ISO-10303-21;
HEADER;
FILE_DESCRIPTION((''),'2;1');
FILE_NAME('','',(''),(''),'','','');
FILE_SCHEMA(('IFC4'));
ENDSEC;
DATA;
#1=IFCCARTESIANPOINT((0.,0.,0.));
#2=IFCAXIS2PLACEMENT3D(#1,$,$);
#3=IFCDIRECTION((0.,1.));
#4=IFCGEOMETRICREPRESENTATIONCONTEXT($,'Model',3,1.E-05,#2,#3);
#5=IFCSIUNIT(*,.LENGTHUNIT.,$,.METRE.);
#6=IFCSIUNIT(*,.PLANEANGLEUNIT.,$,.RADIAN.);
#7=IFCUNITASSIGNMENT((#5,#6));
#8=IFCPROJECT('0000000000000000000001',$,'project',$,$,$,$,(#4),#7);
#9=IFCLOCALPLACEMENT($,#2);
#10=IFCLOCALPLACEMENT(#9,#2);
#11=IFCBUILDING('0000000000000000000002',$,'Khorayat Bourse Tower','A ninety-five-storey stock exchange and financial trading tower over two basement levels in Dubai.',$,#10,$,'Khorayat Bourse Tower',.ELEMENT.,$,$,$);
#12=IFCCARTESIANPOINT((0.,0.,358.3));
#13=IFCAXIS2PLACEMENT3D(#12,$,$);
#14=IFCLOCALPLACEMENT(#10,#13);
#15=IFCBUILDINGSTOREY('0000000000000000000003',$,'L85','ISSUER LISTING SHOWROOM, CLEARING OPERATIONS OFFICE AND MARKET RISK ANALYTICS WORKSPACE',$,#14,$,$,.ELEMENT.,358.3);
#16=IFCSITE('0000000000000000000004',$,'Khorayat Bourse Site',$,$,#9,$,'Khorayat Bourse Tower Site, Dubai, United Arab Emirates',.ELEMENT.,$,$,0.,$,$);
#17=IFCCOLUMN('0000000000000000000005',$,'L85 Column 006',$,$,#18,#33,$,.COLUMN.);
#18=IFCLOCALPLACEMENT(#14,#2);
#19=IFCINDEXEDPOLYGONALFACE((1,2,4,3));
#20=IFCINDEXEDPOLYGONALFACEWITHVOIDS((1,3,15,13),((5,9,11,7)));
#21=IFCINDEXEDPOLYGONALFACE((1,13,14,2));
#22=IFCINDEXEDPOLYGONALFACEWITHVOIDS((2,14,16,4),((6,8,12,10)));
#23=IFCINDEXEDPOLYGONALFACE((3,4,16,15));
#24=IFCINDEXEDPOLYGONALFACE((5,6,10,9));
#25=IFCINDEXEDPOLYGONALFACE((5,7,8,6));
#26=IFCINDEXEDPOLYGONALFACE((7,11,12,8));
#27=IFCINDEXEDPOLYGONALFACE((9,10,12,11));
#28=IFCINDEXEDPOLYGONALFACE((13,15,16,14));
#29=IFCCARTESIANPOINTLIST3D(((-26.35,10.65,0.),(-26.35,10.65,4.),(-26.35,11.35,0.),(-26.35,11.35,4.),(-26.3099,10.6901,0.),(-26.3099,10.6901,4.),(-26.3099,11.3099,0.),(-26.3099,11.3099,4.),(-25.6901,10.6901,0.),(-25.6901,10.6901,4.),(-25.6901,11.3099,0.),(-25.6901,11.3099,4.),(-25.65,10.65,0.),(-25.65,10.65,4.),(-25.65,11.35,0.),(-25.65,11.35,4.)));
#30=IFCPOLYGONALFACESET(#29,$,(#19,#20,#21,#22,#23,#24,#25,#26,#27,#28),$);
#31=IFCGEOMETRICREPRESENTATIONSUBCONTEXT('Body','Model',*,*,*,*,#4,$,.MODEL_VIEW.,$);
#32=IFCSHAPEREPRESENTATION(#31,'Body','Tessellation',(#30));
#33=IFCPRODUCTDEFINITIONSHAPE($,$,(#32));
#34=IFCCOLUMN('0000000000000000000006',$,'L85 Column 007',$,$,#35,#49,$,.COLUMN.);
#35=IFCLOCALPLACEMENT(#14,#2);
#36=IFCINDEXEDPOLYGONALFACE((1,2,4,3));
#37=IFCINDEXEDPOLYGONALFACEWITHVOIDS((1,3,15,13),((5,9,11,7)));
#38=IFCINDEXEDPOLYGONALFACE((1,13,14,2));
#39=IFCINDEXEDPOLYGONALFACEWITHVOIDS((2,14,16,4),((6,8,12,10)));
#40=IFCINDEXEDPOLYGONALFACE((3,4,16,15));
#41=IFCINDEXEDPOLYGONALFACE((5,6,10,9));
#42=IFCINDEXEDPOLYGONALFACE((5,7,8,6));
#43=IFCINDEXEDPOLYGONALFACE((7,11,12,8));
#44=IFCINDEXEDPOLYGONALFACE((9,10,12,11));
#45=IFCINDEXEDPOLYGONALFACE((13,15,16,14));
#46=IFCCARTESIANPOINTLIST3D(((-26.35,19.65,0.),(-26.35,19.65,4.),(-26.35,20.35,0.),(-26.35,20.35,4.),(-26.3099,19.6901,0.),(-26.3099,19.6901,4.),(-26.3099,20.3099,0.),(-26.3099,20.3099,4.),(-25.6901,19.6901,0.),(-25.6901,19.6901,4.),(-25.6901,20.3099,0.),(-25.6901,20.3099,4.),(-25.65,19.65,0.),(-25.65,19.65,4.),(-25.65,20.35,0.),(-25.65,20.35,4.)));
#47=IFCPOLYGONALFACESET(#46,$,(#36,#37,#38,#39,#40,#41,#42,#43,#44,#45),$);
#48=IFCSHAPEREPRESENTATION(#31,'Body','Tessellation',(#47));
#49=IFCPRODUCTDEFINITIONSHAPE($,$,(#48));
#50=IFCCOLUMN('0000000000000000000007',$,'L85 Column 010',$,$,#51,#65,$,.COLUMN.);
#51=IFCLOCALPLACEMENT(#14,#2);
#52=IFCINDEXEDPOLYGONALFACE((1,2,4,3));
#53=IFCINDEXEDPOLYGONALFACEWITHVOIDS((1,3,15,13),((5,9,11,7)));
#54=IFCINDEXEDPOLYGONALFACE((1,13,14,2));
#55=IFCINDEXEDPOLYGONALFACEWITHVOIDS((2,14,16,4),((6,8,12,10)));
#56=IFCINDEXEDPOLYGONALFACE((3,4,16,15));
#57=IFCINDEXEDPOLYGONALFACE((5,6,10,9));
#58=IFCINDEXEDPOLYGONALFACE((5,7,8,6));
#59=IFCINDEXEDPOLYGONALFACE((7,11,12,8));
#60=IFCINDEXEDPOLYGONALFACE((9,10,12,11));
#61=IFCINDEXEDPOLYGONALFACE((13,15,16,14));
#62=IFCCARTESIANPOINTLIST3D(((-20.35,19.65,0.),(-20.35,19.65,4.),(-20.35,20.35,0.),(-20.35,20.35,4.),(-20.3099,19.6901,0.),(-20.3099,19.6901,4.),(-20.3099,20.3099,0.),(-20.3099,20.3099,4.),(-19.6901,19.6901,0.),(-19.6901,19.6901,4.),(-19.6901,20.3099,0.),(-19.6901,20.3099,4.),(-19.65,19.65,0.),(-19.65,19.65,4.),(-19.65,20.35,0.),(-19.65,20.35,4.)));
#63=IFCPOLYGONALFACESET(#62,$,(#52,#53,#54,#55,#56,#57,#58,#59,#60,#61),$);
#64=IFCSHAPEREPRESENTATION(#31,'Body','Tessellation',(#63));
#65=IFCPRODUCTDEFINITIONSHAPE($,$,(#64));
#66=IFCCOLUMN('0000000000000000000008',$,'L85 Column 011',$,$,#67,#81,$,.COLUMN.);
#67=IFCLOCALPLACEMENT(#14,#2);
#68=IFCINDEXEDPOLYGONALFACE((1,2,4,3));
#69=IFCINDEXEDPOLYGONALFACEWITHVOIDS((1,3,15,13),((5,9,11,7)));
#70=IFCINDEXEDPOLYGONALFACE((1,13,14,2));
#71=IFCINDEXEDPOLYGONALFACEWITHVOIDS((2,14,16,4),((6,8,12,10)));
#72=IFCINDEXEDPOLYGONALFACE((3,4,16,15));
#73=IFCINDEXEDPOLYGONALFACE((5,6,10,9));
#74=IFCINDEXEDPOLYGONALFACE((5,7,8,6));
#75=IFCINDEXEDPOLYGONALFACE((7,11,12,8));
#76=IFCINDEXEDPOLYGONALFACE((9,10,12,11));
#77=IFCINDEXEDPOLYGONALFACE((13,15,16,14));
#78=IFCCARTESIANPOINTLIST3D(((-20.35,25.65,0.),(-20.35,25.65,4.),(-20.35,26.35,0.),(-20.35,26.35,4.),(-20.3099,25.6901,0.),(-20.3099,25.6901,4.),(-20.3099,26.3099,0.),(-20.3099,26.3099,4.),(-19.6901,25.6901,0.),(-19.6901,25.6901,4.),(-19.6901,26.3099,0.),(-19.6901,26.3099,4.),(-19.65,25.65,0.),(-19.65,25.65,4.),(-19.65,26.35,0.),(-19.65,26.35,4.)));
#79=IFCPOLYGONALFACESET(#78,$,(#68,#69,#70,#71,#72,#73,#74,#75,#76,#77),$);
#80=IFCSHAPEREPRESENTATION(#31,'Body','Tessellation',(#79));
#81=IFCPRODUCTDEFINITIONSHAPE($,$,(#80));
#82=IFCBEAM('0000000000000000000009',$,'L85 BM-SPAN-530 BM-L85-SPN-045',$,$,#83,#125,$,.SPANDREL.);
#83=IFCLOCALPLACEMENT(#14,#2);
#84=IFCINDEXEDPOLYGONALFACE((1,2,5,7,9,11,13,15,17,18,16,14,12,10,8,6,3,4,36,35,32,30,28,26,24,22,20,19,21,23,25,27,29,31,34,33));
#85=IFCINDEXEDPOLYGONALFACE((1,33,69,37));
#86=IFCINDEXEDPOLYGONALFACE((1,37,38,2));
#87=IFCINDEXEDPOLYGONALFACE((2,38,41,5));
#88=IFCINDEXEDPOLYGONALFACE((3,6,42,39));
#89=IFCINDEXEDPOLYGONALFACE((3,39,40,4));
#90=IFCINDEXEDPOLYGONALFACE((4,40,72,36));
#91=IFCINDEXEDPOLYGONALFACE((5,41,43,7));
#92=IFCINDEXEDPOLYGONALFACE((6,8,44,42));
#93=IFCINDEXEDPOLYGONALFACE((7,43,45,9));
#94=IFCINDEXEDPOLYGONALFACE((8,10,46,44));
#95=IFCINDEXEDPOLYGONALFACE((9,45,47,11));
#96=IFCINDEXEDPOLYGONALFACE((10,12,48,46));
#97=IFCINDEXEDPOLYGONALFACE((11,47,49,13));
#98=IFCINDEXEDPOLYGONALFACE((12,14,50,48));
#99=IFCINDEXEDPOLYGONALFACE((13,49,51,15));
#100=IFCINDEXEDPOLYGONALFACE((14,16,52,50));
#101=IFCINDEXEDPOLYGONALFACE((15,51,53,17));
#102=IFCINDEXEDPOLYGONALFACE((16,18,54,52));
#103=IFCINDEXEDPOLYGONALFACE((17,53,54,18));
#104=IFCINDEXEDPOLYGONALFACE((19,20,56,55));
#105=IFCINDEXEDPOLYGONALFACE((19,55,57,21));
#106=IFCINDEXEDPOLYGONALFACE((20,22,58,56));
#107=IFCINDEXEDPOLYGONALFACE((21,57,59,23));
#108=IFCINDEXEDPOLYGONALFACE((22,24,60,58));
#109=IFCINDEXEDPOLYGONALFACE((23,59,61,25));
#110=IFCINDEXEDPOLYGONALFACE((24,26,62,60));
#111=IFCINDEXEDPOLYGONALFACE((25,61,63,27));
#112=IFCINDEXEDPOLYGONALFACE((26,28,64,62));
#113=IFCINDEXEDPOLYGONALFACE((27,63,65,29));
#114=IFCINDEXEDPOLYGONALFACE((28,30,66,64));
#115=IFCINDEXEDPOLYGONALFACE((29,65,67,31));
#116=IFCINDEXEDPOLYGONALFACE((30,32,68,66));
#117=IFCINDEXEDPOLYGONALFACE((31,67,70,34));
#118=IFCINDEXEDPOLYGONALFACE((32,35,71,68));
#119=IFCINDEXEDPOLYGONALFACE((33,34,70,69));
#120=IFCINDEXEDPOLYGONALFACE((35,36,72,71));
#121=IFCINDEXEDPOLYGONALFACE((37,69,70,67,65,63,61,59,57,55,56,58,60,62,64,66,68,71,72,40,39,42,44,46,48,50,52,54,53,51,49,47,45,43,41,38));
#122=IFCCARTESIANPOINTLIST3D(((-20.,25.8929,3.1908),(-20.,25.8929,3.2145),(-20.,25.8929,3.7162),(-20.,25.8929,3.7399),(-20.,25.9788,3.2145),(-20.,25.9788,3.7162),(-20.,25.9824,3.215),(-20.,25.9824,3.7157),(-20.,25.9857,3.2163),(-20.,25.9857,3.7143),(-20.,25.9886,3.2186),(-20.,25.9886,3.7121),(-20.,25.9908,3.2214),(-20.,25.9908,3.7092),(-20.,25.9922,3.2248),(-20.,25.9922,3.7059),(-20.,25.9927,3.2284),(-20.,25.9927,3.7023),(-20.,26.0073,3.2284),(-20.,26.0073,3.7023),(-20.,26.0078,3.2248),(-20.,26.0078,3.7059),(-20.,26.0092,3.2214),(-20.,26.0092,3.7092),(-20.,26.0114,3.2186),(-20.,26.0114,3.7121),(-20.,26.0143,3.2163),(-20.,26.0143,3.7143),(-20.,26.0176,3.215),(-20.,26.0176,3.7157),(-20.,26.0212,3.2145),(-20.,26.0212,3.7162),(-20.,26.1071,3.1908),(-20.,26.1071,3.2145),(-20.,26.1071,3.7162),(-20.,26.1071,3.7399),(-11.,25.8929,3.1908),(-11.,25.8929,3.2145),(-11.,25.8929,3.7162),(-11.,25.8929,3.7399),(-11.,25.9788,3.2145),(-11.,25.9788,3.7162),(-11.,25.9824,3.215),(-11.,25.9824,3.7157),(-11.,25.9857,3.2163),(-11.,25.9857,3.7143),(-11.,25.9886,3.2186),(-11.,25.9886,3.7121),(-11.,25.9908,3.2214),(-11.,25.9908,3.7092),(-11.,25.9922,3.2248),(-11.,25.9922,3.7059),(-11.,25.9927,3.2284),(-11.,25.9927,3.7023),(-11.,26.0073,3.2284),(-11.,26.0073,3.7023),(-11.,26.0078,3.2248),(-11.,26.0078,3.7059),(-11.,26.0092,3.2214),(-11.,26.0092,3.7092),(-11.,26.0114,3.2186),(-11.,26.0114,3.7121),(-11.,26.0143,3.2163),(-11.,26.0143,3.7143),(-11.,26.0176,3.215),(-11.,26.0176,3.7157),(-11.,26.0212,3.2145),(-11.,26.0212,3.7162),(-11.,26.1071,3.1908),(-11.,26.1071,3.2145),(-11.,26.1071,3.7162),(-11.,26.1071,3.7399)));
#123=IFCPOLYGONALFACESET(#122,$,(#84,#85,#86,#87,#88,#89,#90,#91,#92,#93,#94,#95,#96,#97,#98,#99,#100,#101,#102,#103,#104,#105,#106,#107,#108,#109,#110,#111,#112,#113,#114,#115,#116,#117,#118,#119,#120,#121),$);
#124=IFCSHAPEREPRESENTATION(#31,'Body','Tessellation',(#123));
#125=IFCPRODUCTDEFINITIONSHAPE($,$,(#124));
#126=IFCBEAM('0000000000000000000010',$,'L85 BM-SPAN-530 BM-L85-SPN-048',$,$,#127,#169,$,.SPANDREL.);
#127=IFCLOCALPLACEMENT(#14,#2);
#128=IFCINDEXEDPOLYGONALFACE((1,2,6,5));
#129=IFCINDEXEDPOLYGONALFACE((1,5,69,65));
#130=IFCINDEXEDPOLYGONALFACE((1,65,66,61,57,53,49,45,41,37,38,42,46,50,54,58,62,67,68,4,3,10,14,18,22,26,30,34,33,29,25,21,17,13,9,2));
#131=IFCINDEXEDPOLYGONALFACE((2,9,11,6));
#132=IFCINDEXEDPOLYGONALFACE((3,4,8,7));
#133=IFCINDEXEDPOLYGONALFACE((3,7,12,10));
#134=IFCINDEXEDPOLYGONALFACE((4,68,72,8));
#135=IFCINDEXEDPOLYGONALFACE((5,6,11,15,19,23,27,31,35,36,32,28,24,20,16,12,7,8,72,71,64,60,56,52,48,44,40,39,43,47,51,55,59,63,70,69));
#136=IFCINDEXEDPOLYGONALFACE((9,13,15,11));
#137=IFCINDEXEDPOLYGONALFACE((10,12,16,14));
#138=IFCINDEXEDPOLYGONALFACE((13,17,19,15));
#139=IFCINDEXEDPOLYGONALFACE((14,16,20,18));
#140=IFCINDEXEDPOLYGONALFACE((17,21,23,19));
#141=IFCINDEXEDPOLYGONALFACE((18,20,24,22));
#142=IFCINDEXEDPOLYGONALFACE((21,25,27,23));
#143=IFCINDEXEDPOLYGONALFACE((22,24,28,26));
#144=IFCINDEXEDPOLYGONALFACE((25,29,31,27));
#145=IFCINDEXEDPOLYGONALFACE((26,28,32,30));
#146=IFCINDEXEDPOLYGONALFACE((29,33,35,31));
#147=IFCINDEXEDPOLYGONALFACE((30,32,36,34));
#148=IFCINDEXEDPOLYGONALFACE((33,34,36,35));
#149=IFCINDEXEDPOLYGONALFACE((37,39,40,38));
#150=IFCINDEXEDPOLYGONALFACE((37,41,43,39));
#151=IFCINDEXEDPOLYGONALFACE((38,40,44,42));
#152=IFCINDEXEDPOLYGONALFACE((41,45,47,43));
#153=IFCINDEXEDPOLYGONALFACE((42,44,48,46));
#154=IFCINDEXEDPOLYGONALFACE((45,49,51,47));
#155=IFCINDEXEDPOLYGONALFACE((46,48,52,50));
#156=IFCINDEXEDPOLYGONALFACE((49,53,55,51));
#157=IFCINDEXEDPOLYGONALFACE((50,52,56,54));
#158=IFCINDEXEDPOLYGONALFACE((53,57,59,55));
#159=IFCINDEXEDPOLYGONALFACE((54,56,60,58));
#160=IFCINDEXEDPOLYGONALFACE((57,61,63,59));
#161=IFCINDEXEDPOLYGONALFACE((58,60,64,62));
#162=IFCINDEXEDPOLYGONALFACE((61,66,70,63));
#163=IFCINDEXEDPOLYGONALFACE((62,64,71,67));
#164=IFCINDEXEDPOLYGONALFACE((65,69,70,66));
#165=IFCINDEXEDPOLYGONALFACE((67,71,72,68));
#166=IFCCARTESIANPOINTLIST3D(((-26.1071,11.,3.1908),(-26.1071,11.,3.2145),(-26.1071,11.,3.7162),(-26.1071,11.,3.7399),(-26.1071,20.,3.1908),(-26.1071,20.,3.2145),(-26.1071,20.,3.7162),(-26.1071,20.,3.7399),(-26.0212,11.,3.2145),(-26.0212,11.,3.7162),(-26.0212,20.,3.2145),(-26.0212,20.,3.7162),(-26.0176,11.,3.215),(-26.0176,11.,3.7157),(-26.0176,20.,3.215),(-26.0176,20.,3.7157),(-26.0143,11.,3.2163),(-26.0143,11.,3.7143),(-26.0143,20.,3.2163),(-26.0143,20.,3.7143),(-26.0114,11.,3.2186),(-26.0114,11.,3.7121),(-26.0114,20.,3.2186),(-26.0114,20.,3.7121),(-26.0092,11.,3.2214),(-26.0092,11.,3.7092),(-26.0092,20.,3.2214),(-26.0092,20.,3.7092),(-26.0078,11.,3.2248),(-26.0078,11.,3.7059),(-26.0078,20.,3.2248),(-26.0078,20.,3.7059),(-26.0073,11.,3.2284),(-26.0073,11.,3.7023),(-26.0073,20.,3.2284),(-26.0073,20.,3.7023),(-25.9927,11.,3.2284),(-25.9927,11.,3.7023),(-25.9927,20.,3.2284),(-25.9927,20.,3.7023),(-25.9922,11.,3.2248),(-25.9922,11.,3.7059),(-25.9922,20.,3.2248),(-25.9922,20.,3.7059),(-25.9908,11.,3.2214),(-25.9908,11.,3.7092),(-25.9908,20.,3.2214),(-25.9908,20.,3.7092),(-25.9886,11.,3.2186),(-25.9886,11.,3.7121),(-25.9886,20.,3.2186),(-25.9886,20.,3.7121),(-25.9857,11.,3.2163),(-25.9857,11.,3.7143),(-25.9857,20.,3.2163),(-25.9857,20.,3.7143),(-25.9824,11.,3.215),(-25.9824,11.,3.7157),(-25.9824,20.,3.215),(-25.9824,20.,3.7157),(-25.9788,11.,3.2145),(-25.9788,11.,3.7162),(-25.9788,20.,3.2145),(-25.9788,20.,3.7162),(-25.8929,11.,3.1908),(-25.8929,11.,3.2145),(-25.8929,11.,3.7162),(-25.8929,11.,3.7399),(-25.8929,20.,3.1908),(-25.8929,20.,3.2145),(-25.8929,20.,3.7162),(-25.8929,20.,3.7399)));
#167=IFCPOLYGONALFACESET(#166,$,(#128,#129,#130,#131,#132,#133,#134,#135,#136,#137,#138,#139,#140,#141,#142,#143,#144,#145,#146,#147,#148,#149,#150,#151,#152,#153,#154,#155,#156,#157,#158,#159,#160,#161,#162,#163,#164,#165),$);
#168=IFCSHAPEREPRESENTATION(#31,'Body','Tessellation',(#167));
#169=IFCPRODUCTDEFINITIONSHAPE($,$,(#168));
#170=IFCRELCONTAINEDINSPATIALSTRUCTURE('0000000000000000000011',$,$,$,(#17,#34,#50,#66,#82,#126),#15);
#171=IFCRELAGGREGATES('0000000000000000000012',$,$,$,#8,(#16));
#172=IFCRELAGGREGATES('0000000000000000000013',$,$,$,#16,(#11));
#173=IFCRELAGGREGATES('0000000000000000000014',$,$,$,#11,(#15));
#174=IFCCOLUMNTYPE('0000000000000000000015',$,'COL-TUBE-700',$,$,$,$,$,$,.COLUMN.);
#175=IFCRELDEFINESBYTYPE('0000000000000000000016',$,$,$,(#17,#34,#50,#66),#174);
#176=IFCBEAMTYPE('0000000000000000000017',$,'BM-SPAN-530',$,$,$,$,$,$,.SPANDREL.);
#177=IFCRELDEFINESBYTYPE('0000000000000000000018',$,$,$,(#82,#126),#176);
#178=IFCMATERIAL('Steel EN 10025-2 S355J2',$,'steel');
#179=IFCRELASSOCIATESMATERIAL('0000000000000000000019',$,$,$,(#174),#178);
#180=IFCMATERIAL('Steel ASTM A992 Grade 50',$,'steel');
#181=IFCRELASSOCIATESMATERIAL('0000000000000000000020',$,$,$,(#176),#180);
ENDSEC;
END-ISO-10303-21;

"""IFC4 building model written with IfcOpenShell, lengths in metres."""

from ifc_helpers import new_model, si_unit, direction, frame, origin, origin_2d, place, context, subcontext, project, spatial, hollow_rectangle, i_section, extrude, source, transform, mapped, material, material_profile, profile_set, type_object, element, save


model = new_model("IFC4")

# Units and contexts
model_context = context("Model", 3, precision=1e-05, world=origin(), true_north=direction((0.0, 1.0)))
body_context = subcontext(model_context, "Body", "Model", "MODEL_VIEW")
ifc_project = project(units=[si_unit("LENGTHUNIT", "METRE"), si_unit("PLANEANGLEUNIT", "RADIAN")], contexts=[model_context])

# Site, building, storey
site_placement = place(None, origin())
site = spatial("IfcSite", under=ifc_project, at=site_placement, Name="Khorayat Bourse Site", LongName="Khorayat Bourse Tower Site, Dubai, United Arab Emirates", CompositionType="ELEMENT", RefElevation=0.0)
building_placement = place(site_placement, origin())
building = spatial("IfcBuilding", under=site, at=building_placement, Name="Khorayat Bourse Tower", Description="A ninety-five-storey stock exchange and financial trading tower over two basement levels in Dubai.", LongName="Khorayat Bourse Tower", CompositionType="ELEMENT")
storey_placement = place(building_placement, frame((0.0, 0.0, 358.3)))
storey = spatial("IfcBuildingStorey", under=building, at=storey_placement, Name="L85", Description="ISSUER LISTING SHOWROOM, CLEARING OPERATIONS OFFICE AND MARKET RISK ANALYTICS WORKSPACE", CompositionType="ELEMENT", Elevation=358.3)

# Columns
ifc_material_1 = material(Name="Steel EN 10025-2 S355J2", Category="steel")
ifc_material_profile_1 = material_profile(ifc_material_1, hollow_rectangle(XDim=0.7, YDim=0.7, WallThickness=0.04, at=origin_2d()), Name="BOX 700x700x40")
ifc_profile_set_1 = profile_set([ifc_material_profile_1], Name="Steel EN 10025-2 S355J2")
column_type = type_object("IfcColumnType", Name="COL-TUBE-700", PredefinedType="COLUMN", material=ifc_profile_set_1)
shared_shape_1 = source(origin(), body_context, "Body", "SweptSolid", [
    extrude(hollow_rectangle(XDim=0.7, YDim=0.7, WallThickness=0.04, at=origin_2d()), origin(), (0.0, 0.0, 1.0), 4.0),
])
for number, where, z_axis, x_axis, name in (
    (1, (-26.0, 11.0, 0.0), (0.0, 0.0, 1.0), (1.0, 0.0, 0.0), "L85 Column 006"),
    (2, (-26.0, 20.0, 0.0), (0.0, 0.0, 1.0), (1.0, 0.0, 0.0), "L85 Column 007"),
    (3, (-20.0, 20.0, 0.0), (0.0, 0.0, 1.0), (1.0, 0.0, 0.0), "L85 Column 010"),
    (4, (-20.0, 26.0, 0.0), (0.0, 0.0, 1.0), (1.0, 0.0, 0.0), "L85 Column 011"),
):
    element("IfcColumn", number, at=place(storey_placement, frame(where, z_axis=z_axis, x_axis=x_axis)), inside=storey, type_object=column_type, Name=name, PredefinedType="COLUMN", context=body_context, shape_type="MappedRepresentation", body=[
        mapped(shared_shape_1, transform((0.0, 0.0, 0.0), scale=1.0)),
    ])

# Beams
ifc_material_2 = material(Name="Steel ASTM A992 Grade 50", Category="steel")
ifc_material_profile_2 = material_profile(ifc_material_2, i_section(OverallWidth=0.2141, OverallDepth=0.5491, WebThickness=0.0146, FlangeThickness=0.0237, FilletRadius=0.0139, at=origin_2d()), Name="W530X138")
ifc_profile_set_2 = profile_set([ifc_material_profile_2], Name="Steel ASTM A992 Grade 50")
beam_type_1 = type_object("IfcBeamType", Name="BM-SPAN-530", PredefinedType="SPANDREL", material=ifc_profile_set_2)
shared_shape_2 = source(origin(), body_context, "Body", "SweptSolid", [
    extrude(i_section(OverallWidth=0.2141, OverallDepth=0.5491, WebThickness=0.0146, FlangeThickness=0.0237, FilletRadius=0.0139, at=origin_2d()), origin(), (0.0, 0.0, 1.0), 9.0),
])
for number, where, z_axis, x_axis, name in (
    (5, (-20.0, 26.0, 3.4653), (1.0, 0.0, 0.0), (0.0, 1.0, 0.0), "L85 BM-SPAN-530 BM-L85-SPN-045"),
    (6, (-26.0, 11.0, 3.4653), (0.0, 1.0, 0.0), (-1.0, 0.0, 0.0), "L85 BM-SPAN-530 BM-L85-SPN-048"),
):
    element("IfcBeam", number, at=place(storey_placement, frame(where, z_axis=z_axis, x_axis=x_axis)), inside=storey, type_object=beam_type_1, Name=name, PredefinedType="SPANDREL", context=body_context, shape_type="MappedRepresentation", body=[
        mapped(shared_shape_2, transform((0.0, 0.0, 0.0), scale=1.0)),
    ])

save(model, "model.ifc")
